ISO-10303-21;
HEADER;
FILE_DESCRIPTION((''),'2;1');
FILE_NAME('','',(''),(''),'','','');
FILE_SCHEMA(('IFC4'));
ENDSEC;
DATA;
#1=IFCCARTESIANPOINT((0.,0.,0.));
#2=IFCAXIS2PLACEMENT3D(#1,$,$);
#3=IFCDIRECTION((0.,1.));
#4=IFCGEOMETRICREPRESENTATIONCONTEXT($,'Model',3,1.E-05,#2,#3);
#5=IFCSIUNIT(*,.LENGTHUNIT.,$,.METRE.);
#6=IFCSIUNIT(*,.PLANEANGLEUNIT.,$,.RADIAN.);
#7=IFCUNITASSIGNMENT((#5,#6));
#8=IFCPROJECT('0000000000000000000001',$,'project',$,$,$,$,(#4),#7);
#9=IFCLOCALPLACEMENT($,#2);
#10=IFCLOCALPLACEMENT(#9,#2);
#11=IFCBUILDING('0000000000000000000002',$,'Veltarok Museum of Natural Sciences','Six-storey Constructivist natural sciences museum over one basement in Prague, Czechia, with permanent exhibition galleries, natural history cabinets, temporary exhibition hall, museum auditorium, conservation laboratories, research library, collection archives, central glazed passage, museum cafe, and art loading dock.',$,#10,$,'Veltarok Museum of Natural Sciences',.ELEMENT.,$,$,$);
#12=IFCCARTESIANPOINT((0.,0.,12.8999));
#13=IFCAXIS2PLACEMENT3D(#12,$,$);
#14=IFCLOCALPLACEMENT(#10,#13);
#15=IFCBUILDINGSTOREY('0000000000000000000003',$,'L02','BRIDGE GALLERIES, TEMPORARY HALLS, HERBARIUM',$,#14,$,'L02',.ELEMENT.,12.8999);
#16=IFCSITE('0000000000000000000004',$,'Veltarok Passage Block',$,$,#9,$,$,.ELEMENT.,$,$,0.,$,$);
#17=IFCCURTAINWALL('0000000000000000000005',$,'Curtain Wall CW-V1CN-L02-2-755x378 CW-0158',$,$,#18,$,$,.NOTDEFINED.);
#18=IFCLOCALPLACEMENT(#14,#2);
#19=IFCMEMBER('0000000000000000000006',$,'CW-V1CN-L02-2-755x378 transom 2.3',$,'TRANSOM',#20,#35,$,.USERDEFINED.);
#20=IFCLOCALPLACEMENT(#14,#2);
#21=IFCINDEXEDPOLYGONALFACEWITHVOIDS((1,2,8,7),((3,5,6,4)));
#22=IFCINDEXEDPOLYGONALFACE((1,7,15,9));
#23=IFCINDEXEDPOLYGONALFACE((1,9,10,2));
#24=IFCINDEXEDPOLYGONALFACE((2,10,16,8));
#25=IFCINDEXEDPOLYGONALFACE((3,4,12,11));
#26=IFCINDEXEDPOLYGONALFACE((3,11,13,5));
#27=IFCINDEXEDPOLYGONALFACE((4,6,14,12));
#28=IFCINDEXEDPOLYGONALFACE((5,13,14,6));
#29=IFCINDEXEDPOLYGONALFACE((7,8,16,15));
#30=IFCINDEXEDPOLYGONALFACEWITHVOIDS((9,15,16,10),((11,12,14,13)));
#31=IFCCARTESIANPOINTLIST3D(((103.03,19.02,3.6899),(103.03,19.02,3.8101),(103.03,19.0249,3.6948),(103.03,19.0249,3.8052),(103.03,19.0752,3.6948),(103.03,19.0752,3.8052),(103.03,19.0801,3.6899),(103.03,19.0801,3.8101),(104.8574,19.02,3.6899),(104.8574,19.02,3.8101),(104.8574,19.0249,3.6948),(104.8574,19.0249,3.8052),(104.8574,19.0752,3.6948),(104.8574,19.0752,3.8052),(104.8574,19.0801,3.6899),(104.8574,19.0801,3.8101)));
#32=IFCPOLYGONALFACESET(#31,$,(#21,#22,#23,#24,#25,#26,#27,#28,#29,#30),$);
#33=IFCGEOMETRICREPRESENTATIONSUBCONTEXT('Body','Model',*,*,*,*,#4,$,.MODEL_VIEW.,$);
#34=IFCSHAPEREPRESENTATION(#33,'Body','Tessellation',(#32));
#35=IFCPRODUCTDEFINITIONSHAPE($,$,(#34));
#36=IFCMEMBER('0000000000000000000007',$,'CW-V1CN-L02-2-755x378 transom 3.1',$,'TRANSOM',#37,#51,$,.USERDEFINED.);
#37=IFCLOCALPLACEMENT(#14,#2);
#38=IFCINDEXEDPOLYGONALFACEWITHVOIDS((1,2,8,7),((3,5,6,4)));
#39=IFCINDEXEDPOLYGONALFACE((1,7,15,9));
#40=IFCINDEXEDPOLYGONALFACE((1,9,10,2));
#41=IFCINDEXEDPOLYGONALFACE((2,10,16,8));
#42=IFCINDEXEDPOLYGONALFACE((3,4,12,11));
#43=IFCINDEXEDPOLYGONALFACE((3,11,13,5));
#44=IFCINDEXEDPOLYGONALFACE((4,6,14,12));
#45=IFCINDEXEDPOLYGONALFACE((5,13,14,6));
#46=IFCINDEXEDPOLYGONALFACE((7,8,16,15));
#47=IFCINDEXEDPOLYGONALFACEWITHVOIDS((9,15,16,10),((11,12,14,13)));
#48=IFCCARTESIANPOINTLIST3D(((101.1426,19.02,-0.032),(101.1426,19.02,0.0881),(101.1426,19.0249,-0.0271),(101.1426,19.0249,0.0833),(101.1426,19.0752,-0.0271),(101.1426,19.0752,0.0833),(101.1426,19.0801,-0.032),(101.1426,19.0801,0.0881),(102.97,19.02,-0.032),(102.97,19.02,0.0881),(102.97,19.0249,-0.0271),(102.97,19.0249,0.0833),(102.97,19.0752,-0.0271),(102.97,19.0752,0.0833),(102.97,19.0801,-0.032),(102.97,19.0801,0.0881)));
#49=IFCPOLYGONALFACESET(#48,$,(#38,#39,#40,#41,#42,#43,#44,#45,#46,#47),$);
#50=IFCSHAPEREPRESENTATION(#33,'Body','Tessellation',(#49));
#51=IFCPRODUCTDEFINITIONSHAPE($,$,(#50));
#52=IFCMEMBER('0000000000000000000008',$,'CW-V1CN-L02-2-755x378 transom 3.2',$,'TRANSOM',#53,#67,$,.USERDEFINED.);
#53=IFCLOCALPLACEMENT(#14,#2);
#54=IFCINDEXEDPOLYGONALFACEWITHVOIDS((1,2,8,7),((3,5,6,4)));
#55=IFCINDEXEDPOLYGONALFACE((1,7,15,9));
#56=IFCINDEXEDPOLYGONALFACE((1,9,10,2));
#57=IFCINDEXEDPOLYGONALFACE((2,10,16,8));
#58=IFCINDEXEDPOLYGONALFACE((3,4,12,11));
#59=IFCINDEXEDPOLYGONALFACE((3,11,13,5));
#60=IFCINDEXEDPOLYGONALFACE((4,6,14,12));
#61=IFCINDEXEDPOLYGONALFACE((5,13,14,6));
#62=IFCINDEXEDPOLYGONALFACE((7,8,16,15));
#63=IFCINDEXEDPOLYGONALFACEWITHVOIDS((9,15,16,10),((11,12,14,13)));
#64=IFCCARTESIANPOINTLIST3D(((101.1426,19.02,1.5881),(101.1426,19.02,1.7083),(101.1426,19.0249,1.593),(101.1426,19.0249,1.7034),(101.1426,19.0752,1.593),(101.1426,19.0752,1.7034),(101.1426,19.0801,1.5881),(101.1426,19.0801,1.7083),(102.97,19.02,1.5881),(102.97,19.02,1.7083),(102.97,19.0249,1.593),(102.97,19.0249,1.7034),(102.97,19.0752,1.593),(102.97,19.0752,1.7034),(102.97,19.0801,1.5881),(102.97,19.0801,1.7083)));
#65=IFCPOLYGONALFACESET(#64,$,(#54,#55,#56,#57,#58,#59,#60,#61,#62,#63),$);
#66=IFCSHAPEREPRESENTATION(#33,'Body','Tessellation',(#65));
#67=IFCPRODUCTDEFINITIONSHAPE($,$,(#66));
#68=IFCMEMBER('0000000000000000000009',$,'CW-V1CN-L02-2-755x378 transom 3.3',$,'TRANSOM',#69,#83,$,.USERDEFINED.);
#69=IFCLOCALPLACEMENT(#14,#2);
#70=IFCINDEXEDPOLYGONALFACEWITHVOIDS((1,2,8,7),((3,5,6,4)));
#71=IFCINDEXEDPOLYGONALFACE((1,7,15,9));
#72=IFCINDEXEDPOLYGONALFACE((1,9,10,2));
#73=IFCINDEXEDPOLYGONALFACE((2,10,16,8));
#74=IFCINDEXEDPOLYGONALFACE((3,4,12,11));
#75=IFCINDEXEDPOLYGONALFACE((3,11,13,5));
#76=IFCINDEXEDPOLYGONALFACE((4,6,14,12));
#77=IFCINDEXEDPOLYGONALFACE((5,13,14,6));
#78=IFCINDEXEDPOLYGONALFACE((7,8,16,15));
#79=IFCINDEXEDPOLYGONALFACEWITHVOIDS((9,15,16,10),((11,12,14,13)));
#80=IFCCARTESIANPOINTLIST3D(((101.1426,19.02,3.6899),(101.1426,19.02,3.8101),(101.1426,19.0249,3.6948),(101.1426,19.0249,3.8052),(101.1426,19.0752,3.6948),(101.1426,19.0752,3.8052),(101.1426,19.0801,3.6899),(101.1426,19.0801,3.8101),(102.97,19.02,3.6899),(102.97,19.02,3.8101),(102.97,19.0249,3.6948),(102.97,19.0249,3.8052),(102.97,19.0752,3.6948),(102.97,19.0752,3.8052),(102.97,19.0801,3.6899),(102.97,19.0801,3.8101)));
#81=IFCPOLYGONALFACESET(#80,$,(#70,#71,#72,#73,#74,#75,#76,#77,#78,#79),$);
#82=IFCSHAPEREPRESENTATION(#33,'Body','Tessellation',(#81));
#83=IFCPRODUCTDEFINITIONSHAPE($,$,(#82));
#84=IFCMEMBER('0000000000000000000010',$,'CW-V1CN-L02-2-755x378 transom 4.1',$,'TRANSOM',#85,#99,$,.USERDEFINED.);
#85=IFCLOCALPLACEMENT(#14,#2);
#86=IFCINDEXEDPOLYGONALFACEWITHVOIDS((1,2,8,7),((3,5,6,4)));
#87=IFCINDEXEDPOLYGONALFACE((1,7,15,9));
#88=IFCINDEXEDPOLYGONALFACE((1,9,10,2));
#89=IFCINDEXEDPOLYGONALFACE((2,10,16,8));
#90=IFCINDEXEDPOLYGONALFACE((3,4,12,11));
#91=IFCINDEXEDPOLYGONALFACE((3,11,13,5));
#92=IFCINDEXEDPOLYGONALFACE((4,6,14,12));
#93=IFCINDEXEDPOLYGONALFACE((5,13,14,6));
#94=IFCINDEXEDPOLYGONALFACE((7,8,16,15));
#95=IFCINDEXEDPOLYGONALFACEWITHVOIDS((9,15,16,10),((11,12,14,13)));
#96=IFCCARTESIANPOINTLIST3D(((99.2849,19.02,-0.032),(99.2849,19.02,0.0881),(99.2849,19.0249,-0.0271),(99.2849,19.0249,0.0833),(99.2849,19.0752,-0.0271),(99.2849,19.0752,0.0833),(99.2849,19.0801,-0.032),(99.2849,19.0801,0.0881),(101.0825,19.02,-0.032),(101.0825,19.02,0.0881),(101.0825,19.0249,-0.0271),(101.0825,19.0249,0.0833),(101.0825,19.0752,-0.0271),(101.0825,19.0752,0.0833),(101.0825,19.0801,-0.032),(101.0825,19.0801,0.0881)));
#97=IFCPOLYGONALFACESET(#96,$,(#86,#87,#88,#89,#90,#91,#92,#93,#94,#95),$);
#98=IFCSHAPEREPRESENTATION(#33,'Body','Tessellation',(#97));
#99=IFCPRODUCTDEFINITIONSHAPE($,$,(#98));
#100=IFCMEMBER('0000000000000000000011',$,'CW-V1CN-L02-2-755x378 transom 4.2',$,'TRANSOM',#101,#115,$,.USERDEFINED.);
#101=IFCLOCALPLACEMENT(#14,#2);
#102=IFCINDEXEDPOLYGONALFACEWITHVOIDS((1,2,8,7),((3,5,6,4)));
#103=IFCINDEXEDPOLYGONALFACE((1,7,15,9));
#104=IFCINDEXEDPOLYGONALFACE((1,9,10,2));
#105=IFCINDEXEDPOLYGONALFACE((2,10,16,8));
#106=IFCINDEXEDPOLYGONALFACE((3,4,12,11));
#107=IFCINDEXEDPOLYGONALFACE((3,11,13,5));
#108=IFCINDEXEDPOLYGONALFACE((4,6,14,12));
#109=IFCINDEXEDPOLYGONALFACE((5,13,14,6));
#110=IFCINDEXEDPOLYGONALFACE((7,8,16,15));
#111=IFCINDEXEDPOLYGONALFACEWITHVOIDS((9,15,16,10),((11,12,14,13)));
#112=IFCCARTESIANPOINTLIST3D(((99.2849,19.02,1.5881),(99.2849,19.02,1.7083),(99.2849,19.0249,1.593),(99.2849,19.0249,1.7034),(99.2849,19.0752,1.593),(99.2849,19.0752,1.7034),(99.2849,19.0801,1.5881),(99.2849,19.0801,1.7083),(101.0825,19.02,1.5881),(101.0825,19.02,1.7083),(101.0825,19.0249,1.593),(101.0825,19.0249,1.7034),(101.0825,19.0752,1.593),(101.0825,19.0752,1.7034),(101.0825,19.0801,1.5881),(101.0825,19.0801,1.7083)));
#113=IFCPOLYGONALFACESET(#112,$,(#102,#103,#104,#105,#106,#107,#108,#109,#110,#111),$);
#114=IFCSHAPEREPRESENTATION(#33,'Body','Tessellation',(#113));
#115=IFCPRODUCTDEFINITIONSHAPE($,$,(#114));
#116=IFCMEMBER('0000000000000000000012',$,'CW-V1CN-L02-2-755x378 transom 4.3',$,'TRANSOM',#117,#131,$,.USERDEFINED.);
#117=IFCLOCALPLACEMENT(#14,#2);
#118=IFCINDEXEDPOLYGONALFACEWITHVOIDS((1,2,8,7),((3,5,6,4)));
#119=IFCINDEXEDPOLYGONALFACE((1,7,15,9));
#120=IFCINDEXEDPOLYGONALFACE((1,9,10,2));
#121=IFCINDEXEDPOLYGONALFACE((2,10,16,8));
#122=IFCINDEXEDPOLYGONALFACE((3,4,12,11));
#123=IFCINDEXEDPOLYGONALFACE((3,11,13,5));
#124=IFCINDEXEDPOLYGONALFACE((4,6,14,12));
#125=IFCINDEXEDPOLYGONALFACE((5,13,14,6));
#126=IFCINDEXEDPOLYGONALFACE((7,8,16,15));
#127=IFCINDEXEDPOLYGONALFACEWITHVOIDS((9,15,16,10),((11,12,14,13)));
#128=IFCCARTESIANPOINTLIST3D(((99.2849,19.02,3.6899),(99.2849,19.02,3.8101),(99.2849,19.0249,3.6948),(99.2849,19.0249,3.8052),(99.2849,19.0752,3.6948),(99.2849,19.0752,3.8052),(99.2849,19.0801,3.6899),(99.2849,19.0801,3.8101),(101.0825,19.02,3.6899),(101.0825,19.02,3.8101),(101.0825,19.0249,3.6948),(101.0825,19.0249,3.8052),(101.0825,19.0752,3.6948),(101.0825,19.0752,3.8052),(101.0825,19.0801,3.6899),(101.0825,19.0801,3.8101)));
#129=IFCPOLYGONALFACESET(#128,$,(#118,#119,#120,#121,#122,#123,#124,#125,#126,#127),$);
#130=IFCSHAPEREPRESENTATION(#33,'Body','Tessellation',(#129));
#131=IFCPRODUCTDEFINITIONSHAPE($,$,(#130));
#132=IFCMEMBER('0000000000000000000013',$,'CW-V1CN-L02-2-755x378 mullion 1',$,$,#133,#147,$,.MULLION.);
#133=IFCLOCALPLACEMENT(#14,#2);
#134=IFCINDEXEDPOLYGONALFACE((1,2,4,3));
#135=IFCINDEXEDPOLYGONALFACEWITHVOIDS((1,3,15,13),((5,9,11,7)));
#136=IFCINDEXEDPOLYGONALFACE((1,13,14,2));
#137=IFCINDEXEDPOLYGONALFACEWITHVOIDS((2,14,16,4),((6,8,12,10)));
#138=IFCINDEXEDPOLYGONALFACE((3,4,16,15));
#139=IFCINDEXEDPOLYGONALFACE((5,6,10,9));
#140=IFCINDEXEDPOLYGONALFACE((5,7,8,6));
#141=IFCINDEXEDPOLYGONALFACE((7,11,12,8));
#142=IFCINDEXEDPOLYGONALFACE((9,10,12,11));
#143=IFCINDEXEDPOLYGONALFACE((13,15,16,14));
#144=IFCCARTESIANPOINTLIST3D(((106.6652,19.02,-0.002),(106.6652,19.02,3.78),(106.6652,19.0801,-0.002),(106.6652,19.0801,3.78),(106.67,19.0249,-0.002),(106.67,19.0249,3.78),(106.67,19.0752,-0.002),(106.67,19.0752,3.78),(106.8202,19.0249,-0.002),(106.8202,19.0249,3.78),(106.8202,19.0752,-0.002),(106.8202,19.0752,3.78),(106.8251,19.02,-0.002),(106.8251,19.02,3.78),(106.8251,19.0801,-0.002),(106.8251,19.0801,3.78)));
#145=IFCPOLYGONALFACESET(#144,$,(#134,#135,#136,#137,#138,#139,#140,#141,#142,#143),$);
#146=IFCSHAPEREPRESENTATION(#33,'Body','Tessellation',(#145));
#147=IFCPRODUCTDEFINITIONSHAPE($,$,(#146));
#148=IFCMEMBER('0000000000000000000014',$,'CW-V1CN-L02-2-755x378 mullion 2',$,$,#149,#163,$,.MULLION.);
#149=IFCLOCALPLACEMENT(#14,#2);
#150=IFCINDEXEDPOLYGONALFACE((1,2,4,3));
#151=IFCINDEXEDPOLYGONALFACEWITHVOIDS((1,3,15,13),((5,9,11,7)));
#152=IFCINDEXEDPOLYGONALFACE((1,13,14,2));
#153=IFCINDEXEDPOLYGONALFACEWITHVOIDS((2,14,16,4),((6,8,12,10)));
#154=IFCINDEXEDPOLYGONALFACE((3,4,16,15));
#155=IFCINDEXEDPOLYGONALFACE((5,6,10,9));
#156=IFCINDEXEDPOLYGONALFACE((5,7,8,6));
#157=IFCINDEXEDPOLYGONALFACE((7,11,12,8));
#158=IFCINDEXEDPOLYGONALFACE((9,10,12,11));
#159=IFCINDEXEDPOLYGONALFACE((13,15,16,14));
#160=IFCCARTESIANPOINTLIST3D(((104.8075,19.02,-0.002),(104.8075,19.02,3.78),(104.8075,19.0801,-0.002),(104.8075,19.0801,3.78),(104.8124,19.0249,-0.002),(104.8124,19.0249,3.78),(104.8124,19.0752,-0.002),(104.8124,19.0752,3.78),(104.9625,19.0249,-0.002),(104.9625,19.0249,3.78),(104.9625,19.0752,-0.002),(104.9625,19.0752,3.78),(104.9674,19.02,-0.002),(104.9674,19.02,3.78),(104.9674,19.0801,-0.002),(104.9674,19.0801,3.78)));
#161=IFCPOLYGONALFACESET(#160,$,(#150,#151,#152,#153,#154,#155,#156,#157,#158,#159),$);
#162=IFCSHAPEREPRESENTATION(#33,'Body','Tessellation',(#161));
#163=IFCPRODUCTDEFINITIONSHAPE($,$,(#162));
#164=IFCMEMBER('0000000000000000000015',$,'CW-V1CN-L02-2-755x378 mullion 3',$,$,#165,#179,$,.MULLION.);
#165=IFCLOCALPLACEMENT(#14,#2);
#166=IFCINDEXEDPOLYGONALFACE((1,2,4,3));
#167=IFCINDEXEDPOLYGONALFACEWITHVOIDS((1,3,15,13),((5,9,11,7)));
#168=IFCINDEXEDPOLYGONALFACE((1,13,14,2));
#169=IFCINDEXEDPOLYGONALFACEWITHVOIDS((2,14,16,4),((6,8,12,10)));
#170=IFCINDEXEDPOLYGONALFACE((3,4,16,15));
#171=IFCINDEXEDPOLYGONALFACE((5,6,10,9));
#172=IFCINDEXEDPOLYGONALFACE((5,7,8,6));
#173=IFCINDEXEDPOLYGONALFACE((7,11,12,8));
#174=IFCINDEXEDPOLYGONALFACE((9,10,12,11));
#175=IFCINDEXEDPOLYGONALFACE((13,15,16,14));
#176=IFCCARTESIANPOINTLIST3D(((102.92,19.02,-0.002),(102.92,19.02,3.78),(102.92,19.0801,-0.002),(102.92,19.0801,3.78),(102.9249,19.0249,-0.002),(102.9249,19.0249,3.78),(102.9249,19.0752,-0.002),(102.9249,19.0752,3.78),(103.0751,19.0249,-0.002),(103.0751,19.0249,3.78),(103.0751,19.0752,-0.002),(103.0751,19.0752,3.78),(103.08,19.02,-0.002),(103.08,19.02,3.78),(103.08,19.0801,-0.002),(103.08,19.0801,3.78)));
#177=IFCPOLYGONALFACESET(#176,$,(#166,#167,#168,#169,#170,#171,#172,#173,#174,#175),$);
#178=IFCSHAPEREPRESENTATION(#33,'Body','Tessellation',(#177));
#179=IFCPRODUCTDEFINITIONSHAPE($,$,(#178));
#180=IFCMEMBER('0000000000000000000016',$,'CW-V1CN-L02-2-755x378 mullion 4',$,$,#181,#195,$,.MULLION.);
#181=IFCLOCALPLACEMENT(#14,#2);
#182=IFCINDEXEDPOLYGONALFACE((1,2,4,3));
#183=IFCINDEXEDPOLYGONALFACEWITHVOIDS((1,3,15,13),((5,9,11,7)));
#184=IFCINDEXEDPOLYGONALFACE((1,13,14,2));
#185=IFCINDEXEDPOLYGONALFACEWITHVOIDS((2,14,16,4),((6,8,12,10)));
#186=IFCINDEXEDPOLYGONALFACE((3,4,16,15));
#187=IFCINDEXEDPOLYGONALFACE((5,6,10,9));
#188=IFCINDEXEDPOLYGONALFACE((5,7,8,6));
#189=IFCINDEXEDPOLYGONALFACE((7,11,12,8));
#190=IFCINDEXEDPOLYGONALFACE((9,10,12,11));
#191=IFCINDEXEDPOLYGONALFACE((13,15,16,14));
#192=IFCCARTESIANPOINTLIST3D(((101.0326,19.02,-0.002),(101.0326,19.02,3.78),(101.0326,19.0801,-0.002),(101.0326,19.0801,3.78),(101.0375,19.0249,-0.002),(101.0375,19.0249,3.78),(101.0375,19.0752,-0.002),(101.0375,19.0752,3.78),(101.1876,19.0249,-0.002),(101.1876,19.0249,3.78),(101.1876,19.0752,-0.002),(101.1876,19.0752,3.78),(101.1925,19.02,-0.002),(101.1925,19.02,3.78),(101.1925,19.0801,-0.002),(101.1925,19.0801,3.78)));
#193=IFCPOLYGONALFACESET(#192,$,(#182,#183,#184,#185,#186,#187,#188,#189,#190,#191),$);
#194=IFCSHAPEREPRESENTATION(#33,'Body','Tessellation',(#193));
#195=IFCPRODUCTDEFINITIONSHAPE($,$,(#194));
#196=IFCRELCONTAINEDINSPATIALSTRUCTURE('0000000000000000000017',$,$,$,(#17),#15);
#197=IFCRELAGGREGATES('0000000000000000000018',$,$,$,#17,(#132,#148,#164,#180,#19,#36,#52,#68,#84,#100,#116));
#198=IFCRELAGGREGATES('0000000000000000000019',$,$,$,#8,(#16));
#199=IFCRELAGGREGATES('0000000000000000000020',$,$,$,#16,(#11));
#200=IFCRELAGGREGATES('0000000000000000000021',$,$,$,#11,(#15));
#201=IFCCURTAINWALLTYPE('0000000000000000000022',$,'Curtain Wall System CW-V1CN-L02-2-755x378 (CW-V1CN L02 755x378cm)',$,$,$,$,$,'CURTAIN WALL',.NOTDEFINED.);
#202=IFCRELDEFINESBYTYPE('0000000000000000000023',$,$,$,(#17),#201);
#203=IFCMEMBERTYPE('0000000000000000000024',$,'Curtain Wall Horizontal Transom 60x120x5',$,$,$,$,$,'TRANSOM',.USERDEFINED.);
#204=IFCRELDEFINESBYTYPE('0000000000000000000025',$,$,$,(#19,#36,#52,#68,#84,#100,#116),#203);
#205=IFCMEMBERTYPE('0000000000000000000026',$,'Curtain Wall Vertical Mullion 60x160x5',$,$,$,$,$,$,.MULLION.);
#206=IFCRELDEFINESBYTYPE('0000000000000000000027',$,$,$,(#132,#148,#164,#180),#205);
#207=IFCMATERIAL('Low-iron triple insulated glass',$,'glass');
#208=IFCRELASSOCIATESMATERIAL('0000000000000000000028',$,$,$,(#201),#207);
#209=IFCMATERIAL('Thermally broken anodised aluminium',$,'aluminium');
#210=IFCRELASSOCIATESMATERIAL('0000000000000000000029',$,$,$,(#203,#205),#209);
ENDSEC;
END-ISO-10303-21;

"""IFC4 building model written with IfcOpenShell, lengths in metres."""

from ifc_helpers import new_model, si_unit, direction, frame, origin, origin_2d, place, context, subcontext, project, spatial, hollow_rectangle, extrude, material, material_profile, profile_set, type_object, element, aggregate, save


model = new_model("IFC4")

# Units and contexts
model_context = context("Model", 3, precision=1e-05, world=origin(), true_north=direction((0.0, 1.0)))
body_context = subcontext(model_context, "Body", "Model", "MODEL_VIEW")
ifc_project = project(units=[si_unit("LENGTHUNIT", "METRE"), si_unit("PLANEANGLEUNIT", "RADIAN")], contexts=[model_context])

# Site, building, storey
site_placement = place(None, origin())
site = spatial("IfcSite", under=ifc_project, at=site_placement, Name="Veltarok Passage Block", CompositionType="ELEMENT", RefElevation=0.0)
building_placement = place(site_placement, origin())
building = spatial("IfcBuilding", under=site, at=building_placement, Name="Veltarok Museum of Natural Sciences", Description="Six-storey Constructivist natural sciences museum over one basement in Prague, Czechia, with permanent exhibition galleries, natural history cabinets, temporary exhibition hall, museum auditorium, conservation laboratories, research library, collection archives, central glazed passage, museum cafe, and art loading dock.", LongName="Veltarok Museum of Natural Sciences", CompositionType="ELEMENT")
storey_placement = place(building_placement, frame((0.0, 0.0, 12.8999)))
storey = spatial("IfcBuildingStorey", under=building, at=storey_placement, Name="L02", Description="BRIDGE GALLERIES, TEMPORARY HALLS, HERBARIUM", LongName="L02", CompositionType="ELEMENT", Elevation=12.8999)

# Curtain wall, members
ifc_material_1 = material(Name="Low-iron triple insulated glass", Category="glass")
curtain_wall_type = type_object("IfcCurtainWallType", Name="Curtain Wall System CW-V1CN-L02-2-755x378 (CW-V1CN L02 755x378cm)", ElementType="CURTAIN WALL", PredefinedType="NOTDEFINED", material=ifc_material_1)
curtain_wall_placement = place(storey_placement, origin())
curtain_wall = element("IfcCurtainWall", 1, at=curtain_wall_placement, inside=storey, type_object=curtain_wall_type, Name="Curtain Wall CW-V1CN-L02-2-755x378 CW-0158", PredefinedType="NOTDEFINED")
ifc_material_2 = material(Name="Thermally broken anodised aluminium", Category="aluminium")
ifc_material_profile_1 = material_profile(ifc_material_2, hollow_rectangle(XDim=0.0601, YDim=0.1201, WallThickness=0.0049, at=origin_2d()), Name="CW TRANSOM 60x120x5")
ifc_profile_set_1 = profile_set([ifc_material_profile_1], Name="Thermally broken anodised aluminium")
member_type_1 = type_object("IfcMemberType", Name="Curtain Wall Horizontal Transom 60x120x5", ElementType="TRANSOM", PredefinedType="USERDEFINED", material=ifc_profile_set_1)
member_1_placement = place(storey_placement, frame((104.8574, 19.05, 3.75), z_axis=(-1.0, 0.0, 0.0), x_axis=(0.0, -1.0, 0.0)))
member_1 = element("IfcMember", 2, at=member_1_placement, type_object=member_type_1, Name="CW-V1CN-L02-2-755x378 transom 2.3", ObjectType="TRANSOM", PredefinedType="USERDEFINED", context=body_context, shape_type="SweptSolid", body=[
    extrude(hollow_rectangle(XDim=0.0601, YDim=0.1201, WallThickness=0.0049, at=origin_2d()), origin(), (0.0, 0.0, 1.0), 1.8274),
])
member_2_placement = place(storey_placement, frame((102.97, 19.05, 0.0281), z_axis=(-1.0, 0.0, 0.0), x_axis=(0.0, -1.0, 0.0)))
member_2 = element("IfcMember", 3, at=member_2_placement, type_object=member_type_1, Name="CW-V1CN-L02-2-755x378 transom 3.1", ObjectType="TRANSOM", PredefinedType="USERDEFINED", context=body_context, shape_type="SweptSolid", body=[
    extrude(hollow_rectangle(XDim=0.0601, YDim=0.1201, WallThickness=0.0049, at=origin_2d()), origin(), (0.0, 0.0, 1.0), 1.8274),
])
member_3_placement = place(storey_placement, frame((102.97, 19.05, 1.6482), z_axis=(-1.0, 0.0, 0.0), x_axis=(0.0, -1.0, 0.0)))
member_3 = element("IfcMember", 4, at=member_3_placement, type_object=member_type_1, Name="CW-V1CN-L02-2-755x378 transom 3.2", ObjectType="TRANSOM", PredefinedType="USERDEFINED", context=body_context, shape_type="SweptSolid", body=[
    extrude(hollow_rectangle(XDim=0.0601, YDim=0.1201, WallThickness=0.0049, at=origin_2d()), origin(), (0.0, 0.0, 1.0), 1.8274),
])
member_4_placement = place(storey_placement, frame((102.97, 19.05, 3.75), z_axis=(-1.0, 0.0, 0.0), x_axis=(0.0, -1.0, 0.0)))
member_4 = element("IfcMember", 5, at=member_4_placement, type_object=member_type_1, Name="CW-V1CN-L02-2-755x378 transom 3.3", ObjectType="TRANSOM", PredefinedType="USERDEFINED", context=body_context, shape_type="SweptSolid", body=[
    extrude(hollow_rectangle(XDim=0.0601, YDim=0.1201, WallThickness=0.0049, at=origin_2d()), origin(), (0.0, 0.0, 1.0), 1.8274),
])
member_5_placement = place(storey_placement, frame((101.0825, 19.05, 0.0281), z_axis=(-1.0, 0.0, 0.0), x_axis=(0.0, -1.0, 0.0)))
member_5 = element("IfcMember", 6, at=member_5_placement, type_object=member_type_1, Name="CW-V1CN-L02-2-755x378 transom 4.1", ObjectType="TRANSOM", PredefinedType="USERDEFINED", context=body_context, shape_type="SweptSolid", body=[
    extrude(hollow_rectangle(XDim=0.0601, YDim=0.1201, WallThickness=0.0049, at=origin_2d()), origin(), (0.0, 0.0, 1.0), 1.7976),
])
member_6_placement = place(storey_placement, frame((101.0825, 19.05, 1.6482), z_axis=(-1.0, 0.0, 0.0), x_axis=(0.0, -1.0, 0.0)))
member_6 = element("IfcMember", 7, at=member_6_placement, type_object=member_type_1, Name="CW-V1CN-L02-2-755x378 transom 4.2", ObjectType="TRANSOM", PredefinedType="USERDEFINED", context=body_context, shape_type="SweptSolid", body=[
    extrude(hollow_rectangle(XDim=0.0601, YDim=0.1201, WallThickness=0.0049, at=origin_2d()), origin(), (0.0, 0.0, 1.0), 1.7976),
])
member_7_placement = place(storey_placement, frame((101.0825, 19.05, 3.75), z_axis=(-1.0, 0.0, 0.0), x_axis=(0.0, -1.0, 0.0)))
member_7 = element("IfcMember", 8, at=member_7_placement, type_object=member_type_1, Name="CW-V1CN-L02-2-755x378 transom 4.3", ObjectType="TRANSOM", PredefinedType="USERDEFINED", context=body_context, shape_type="SweptSolid", body=[
    extrude(hollow_rectangle(XDim=0.0601, YDim=0.1201, WallThickness=0.0049, at=origin_2d()), origin(), (0.0, 0.0, 1.0), 1.7976),
])
ifc_material_profile_2 = material_profile(ifc_material_2, hollow_rectangle(XDim=0.0601, YDim=0.1599, WallThickness=0.0049, at=origin_2d()), Name="CW MULLION 60x160x5")
ifc_profile_set_2 = profile_set([ifc_material_profile_2], Name="Thermally broken anodised aluminium")
member_type_2 = type_object("IfcMemberType", Name="Curtain Wall Vertical Mullion 60x160x5", PredefinedType="MULLION", material=ifc_profile_set_2)
member_8_placement = place(storey_placement, frame((106.7451, 19.05, -0.002), z_axis=(0.0, 0.0, 1.0), x_axis=(0.0, -1.0, 0.0)))
member_8 = element("IfcMember", 9, at=member_8_placement, type_object=member_type_2, Name="CW-V1CN-L02-2-755x378 mullion 1", PredefinedType="MULLION", context=body_context, shape_type="SweptSolid", body=[
    extrude(hollow_rectangle(XDim=0.0601, YDim=0.1599, WallThickness=0.0049, at=origin_2d()), origin(), (0.0, 0.0, 1.0), 3.782),
])
member_9_placement = place(storey_placement, frame((104.8875, 19.05, -0.002), z_axis=(0.0, 0.0, 1.0), x_axis=(0.0, -1.0, 0.0)))
member_9 = element("IfcMember", 10, at=member_9_placement, type_object=member_type_2, Name="CW-V1CN-L02-2-755x378 mullion 2", PredefinedType="MULLION", context=body_context, shape_type="SweptSolid", body=[
    extrude(hollow_rectangle(XDim=0.0601, YDim=0.1599, WallThickness=0.0049, at=origin_2d()), origin(), (0.0, 0.0, 1.0), 3.782),
])
member_10_placement = place(storey_placement, frame((103.0, 19.05, -0.002), z_axis=(0.0, 0.0, 1.0), x_axis=(0.0, -1.0, 0.0)))
member_10 = element("IfcMember", 11, at=member_10_placement, type_object=member_type_2, Name="CW-V1CN-L02-2-755x378 mullion 3", PredefinedType="MULLION", context=body_context, shape_type="SweptSolid", body=[
    extrude(hollow_rectangle(XDim=0.0601, YDim=0.1599, WallThickness=0.0049, at=origin_2d()), origin(), (0.0, 0.0, 1.0), 3.782),
])
member_11_placement = place(storey_placement, frame((101.1125, 19.05, -0.002), z_axis=(0.0, 0.0, 1.0), x_axis=(0.0, -1.0, 0.0)))
member_11 = element("IfcMember", 12, at=member_11_placement, type_object=member_type_2, Name="CW-V1CN-L02-2-755x378 mullion 4", PredefinedType="MULLION", context=body_context, shape_type="SweptSolid", body=[
    extrude(hollow_rectangle(XDim=0.0601, YDim=0.1599, WallThickness=0.0049, at=origin_2d()), origin(), (0.0, 0.0, 1.0), 3.782),
])

aggregate(curtain_wall, [member_8, member_9, member_10, member_11, member_1, member_2, member_3, member_4, member_5, member_6, member_7])

save(model, "model.ifc")
